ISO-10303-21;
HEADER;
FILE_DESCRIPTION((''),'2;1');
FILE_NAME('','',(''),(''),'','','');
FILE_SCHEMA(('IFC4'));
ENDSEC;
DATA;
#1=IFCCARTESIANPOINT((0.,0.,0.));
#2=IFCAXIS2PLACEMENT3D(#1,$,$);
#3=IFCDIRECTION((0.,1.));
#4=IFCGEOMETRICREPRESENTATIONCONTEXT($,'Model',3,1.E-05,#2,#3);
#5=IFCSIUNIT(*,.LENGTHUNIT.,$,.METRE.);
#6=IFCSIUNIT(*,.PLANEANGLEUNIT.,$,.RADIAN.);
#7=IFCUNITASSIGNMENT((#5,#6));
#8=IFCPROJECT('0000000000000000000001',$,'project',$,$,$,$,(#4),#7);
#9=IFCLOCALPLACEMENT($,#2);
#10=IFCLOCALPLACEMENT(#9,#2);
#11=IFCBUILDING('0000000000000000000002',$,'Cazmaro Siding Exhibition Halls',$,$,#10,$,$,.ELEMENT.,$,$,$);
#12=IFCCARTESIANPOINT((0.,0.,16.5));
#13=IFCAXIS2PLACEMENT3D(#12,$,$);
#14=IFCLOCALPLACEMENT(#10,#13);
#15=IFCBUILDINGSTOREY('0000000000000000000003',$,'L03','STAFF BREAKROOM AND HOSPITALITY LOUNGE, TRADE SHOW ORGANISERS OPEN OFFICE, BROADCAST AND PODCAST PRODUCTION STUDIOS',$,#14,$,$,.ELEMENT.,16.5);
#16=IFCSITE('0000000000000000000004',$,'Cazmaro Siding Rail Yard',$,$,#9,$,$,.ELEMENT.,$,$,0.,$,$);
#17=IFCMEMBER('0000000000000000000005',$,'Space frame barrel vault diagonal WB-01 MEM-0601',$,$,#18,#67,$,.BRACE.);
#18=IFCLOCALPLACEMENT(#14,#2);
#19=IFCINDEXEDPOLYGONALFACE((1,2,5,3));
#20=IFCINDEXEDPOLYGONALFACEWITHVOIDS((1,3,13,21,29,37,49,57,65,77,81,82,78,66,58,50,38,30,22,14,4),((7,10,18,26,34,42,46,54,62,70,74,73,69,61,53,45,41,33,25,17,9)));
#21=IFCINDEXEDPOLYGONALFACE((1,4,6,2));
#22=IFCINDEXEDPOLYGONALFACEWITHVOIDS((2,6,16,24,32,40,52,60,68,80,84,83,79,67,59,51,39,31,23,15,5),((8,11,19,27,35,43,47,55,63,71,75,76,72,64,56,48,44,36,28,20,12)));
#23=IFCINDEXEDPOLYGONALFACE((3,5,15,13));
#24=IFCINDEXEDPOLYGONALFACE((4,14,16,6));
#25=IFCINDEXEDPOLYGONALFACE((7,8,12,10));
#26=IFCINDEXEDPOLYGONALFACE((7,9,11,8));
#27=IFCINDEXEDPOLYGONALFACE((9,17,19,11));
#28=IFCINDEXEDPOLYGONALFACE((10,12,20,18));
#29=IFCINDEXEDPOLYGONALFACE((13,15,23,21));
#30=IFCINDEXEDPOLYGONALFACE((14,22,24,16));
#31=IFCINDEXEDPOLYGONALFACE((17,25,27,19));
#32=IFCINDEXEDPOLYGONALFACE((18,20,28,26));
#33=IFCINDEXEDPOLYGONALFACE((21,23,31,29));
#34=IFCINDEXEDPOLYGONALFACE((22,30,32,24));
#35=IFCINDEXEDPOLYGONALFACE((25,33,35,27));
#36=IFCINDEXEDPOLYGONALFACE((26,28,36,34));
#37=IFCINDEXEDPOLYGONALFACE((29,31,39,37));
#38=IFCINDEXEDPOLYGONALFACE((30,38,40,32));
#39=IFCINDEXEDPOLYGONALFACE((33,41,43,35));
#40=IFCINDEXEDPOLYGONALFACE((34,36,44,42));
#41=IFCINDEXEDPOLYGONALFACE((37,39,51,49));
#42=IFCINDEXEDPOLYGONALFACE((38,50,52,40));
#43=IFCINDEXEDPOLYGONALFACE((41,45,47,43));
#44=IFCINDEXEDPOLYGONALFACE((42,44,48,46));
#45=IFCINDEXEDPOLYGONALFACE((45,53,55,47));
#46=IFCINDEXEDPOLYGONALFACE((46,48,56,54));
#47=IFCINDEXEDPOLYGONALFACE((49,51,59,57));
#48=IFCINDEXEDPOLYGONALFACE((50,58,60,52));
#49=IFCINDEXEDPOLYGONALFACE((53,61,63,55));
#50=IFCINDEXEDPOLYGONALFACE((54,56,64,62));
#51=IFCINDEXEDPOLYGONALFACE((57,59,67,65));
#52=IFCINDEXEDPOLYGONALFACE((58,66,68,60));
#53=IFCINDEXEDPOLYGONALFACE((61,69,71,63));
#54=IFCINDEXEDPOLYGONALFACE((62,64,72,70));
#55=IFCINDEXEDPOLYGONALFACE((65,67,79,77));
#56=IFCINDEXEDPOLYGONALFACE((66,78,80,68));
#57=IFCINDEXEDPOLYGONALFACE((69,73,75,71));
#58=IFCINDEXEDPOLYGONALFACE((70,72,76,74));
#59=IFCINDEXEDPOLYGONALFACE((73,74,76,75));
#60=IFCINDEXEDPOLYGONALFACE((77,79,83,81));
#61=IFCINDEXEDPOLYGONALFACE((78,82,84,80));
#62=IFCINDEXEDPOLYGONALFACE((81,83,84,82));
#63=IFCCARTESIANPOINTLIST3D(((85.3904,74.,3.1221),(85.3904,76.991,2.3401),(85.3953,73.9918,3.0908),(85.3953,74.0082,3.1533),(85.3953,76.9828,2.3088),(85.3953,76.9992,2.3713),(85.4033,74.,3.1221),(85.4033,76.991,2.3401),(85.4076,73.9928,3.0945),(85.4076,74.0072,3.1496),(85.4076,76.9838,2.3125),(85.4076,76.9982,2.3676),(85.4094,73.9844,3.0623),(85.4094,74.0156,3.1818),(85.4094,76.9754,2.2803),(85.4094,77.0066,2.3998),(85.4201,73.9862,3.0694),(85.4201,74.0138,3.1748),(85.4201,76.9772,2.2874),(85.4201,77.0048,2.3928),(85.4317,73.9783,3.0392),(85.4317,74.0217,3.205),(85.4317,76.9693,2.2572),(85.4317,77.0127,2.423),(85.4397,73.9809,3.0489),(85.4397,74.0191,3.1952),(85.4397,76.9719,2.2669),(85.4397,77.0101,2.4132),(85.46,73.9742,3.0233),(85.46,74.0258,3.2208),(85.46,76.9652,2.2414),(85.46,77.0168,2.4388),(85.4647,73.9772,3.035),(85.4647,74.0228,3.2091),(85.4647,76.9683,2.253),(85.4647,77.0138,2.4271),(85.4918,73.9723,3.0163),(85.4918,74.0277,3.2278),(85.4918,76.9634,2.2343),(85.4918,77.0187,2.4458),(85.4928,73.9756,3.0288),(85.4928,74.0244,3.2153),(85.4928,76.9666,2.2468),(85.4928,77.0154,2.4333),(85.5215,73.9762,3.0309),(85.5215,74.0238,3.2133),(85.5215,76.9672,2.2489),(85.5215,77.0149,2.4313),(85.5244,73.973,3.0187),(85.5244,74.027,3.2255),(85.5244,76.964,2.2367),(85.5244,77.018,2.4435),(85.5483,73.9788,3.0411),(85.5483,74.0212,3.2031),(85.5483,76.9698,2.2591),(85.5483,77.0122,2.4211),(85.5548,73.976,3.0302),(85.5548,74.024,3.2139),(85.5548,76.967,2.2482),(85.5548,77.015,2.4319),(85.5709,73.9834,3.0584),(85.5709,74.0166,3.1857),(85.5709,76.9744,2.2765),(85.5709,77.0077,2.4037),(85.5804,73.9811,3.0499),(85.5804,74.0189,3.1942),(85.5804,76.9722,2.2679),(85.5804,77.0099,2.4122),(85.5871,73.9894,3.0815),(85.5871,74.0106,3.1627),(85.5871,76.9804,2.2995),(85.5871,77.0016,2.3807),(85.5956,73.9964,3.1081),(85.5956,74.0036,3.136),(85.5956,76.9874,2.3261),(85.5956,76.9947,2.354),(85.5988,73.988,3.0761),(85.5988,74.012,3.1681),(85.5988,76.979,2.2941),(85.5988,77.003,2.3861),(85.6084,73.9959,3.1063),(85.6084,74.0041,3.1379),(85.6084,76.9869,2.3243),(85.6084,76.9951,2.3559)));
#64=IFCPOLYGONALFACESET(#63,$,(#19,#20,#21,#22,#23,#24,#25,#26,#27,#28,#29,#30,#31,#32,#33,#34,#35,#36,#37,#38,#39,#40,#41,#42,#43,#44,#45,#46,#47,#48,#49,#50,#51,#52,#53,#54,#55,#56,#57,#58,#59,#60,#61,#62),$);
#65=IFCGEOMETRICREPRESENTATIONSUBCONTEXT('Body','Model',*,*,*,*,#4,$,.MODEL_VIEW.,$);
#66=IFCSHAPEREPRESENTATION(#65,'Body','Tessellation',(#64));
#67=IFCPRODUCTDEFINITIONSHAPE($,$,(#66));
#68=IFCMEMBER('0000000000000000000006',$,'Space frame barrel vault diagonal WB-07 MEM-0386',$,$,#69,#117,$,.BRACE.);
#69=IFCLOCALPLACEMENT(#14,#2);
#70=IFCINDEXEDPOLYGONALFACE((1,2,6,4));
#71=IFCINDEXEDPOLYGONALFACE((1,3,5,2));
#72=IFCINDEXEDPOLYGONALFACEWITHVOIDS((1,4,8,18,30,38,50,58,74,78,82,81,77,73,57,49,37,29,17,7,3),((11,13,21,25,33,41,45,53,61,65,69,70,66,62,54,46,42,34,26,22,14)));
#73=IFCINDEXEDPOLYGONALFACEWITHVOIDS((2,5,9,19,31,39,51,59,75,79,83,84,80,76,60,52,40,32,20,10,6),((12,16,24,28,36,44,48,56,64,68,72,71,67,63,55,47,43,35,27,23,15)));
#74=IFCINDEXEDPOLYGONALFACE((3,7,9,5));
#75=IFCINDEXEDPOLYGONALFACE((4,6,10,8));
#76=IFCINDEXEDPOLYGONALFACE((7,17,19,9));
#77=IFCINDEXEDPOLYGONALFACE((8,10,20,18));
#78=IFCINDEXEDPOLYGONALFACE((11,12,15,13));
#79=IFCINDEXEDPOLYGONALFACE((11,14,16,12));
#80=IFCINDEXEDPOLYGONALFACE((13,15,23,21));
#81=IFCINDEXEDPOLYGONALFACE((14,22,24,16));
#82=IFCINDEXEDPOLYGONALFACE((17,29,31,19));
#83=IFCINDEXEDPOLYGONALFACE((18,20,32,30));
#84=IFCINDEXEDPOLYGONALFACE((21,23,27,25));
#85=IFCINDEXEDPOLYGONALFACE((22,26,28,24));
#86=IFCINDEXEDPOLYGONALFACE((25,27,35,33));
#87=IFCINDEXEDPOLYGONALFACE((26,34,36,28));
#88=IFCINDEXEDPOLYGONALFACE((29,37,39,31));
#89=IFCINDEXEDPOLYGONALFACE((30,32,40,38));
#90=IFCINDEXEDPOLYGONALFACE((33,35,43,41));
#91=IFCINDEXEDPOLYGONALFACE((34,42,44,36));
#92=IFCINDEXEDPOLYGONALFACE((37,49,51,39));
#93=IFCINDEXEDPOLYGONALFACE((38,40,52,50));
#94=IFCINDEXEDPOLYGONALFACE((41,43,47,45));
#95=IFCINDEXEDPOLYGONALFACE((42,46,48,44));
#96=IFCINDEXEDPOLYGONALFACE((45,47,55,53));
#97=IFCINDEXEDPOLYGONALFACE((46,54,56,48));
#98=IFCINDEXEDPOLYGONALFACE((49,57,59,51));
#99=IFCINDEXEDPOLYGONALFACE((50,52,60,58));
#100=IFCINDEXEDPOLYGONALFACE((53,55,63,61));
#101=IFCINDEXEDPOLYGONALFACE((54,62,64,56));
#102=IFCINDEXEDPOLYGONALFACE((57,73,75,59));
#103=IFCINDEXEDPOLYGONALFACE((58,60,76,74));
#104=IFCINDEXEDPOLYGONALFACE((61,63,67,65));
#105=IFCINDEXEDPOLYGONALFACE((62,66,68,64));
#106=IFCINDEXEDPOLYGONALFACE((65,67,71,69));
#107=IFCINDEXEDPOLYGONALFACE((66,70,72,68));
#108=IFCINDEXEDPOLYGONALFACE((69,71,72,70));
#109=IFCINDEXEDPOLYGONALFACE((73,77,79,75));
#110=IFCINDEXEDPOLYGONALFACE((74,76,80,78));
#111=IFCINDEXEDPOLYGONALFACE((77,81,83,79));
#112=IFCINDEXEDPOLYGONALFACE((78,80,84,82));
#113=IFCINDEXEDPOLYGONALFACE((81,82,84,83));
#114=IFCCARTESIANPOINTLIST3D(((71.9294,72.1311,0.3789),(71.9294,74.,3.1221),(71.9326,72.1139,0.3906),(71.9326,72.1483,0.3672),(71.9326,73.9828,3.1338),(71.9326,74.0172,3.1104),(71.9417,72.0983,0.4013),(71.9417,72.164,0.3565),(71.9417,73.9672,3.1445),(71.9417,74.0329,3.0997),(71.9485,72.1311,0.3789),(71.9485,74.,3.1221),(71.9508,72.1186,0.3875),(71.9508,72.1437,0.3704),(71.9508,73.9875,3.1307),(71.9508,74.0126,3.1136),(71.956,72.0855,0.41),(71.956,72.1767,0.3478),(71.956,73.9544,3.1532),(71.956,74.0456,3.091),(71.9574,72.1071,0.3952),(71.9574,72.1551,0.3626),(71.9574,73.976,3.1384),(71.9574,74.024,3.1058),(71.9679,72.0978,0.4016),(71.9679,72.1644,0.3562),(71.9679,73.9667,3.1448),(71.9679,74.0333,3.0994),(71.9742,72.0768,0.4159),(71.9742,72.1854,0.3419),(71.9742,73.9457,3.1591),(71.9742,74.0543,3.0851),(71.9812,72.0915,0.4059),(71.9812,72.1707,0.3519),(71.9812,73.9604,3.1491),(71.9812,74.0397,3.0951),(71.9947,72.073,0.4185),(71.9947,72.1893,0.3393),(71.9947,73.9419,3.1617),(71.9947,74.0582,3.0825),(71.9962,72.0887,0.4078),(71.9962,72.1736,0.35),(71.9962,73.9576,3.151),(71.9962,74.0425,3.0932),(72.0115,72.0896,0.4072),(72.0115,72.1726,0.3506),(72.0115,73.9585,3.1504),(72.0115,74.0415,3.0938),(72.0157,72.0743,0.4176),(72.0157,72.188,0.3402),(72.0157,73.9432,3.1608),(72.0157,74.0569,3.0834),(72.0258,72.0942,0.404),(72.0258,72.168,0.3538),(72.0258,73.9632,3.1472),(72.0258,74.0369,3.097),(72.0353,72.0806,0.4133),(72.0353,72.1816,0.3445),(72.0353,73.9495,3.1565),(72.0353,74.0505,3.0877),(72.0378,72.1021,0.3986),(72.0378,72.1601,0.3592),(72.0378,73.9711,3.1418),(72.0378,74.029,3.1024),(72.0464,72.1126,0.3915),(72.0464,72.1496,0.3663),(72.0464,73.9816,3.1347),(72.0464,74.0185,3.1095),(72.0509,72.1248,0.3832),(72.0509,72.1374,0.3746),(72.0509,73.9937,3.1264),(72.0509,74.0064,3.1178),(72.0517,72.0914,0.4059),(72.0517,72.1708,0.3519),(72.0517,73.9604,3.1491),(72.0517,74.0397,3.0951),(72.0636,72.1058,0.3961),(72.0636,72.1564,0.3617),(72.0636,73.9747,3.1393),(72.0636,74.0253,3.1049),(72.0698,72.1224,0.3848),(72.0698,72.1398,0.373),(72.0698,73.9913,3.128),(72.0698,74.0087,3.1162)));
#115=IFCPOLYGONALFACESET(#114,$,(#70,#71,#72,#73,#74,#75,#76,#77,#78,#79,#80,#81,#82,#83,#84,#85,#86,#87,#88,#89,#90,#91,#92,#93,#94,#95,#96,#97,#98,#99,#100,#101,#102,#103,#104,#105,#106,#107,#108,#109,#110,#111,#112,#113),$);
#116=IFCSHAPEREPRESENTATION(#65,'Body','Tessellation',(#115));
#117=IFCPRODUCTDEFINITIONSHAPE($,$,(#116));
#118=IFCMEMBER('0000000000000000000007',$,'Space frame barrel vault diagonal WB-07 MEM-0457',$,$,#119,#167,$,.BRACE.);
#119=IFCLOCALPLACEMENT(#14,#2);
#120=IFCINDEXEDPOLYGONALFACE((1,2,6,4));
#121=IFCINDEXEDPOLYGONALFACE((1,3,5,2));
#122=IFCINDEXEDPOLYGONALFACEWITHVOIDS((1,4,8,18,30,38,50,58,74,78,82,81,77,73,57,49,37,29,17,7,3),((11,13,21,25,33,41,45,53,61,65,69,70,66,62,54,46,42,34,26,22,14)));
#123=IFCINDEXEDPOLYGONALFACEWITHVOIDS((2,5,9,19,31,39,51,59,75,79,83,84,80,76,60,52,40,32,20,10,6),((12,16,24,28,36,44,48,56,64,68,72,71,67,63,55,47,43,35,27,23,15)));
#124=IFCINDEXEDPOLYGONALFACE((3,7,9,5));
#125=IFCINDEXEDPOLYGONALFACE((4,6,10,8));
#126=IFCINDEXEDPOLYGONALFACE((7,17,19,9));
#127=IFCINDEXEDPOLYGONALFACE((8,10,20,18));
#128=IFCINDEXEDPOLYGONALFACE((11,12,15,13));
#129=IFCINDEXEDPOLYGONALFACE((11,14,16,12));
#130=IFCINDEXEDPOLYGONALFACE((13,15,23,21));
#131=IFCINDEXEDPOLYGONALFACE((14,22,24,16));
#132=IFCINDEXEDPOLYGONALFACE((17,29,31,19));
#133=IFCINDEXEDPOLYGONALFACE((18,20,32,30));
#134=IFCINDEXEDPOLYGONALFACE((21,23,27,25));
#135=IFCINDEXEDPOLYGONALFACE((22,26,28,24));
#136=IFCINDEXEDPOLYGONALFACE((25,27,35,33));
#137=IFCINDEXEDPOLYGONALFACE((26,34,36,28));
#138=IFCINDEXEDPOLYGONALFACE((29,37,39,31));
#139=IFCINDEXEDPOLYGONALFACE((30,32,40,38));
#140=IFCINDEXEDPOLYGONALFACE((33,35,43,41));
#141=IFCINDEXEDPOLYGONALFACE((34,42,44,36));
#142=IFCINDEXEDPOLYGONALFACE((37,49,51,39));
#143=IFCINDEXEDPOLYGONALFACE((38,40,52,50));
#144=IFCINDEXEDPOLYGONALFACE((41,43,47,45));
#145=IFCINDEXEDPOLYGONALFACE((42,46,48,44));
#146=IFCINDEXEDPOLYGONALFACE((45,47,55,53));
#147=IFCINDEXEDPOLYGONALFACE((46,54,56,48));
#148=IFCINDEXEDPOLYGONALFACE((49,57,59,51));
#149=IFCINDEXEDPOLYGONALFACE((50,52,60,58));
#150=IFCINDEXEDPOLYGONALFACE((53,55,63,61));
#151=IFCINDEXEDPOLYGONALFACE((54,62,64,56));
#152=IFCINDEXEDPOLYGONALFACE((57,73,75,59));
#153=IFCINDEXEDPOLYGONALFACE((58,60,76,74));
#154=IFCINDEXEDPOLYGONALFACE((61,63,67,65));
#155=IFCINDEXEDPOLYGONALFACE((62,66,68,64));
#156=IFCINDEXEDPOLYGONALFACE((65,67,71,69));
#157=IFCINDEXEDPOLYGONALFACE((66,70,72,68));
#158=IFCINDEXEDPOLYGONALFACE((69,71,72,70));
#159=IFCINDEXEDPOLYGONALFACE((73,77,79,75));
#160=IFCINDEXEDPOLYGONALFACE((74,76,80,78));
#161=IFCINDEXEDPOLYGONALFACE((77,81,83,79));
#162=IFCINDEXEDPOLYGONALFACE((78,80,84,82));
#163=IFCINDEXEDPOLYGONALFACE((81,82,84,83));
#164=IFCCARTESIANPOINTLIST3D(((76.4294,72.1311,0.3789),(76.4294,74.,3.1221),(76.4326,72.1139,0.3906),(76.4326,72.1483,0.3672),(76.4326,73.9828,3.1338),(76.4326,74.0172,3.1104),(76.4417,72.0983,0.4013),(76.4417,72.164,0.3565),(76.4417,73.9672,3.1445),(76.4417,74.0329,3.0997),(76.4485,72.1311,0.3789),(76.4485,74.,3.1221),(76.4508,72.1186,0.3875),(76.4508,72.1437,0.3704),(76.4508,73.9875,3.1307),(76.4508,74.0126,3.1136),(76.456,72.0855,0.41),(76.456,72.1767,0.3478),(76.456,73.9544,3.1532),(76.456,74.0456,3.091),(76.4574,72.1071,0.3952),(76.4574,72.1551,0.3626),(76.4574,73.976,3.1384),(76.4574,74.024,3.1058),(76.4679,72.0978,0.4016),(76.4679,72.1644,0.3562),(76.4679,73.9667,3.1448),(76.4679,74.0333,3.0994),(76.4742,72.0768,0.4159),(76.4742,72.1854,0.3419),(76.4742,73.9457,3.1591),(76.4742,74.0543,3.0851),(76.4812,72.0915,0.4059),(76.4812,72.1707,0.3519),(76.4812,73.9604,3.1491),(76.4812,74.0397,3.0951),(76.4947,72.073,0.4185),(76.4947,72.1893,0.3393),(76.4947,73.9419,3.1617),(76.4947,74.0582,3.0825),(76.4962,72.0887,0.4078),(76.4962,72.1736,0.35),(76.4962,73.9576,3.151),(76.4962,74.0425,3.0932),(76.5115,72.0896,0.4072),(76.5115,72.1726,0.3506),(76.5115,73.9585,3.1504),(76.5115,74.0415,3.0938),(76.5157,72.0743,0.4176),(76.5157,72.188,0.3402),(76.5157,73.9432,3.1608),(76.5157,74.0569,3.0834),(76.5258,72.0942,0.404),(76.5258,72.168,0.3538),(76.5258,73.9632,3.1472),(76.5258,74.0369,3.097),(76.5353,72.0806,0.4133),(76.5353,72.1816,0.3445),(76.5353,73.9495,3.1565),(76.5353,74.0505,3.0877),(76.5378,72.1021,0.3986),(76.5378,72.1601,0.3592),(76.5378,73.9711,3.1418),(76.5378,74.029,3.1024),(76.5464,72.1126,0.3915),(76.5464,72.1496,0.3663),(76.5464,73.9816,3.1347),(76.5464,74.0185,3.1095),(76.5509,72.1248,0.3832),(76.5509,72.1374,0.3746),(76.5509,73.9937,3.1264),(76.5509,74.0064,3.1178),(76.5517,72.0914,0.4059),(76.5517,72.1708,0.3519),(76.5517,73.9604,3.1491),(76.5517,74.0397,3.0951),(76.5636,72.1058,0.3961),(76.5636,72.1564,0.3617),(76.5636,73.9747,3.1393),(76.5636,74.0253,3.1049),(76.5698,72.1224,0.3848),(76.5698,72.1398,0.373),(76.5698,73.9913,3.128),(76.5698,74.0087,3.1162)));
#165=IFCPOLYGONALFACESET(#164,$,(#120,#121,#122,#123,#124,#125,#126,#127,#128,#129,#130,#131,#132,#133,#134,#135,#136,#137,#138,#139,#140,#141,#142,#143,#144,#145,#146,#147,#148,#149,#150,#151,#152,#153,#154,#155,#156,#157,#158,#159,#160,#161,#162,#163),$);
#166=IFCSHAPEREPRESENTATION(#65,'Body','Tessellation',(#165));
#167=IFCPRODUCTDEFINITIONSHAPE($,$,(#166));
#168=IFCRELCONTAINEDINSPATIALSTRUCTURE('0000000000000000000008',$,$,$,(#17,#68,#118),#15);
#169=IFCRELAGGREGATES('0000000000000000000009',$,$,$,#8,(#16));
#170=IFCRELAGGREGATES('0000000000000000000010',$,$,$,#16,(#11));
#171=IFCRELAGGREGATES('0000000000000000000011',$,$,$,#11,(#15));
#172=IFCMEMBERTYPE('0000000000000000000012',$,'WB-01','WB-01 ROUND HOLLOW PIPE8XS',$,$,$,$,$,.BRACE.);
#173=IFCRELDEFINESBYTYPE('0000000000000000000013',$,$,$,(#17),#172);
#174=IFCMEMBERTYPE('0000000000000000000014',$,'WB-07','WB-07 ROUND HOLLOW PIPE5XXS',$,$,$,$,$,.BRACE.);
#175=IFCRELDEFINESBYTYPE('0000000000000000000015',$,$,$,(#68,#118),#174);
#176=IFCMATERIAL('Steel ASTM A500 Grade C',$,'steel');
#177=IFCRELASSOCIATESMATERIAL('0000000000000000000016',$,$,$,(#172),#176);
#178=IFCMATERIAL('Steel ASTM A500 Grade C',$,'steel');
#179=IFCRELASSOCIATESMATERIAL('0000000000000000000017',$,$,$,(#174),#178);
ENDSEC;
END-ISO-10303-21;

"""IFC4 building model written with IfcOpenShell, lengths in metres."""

from ifc_helpers import new_model, si_unit, direction, frame, origin, origin_2d, place, context, subcontext, project, spatial, hollow_circle, extrude, material, material_profile, profile_set, type_object, element, save


model = new_model("IFC4")

# Units and contexts
model_context = context("Model", 3, precision=1e-05, world=origin(), true_north=direction((0.0, 1.0)))
body_context = subcontext(model_context, "Body", "Model", "MODEL_VIEW")
ifc_project = project(units=[si_unit("LENGTHUNIT", "METRE"), si_unit("PLANEANGLEUNIT", "RADIAN")], contexts=[model_context])

# Site, building, storey
site_placement = place(None, origin())
site = spatial("IfcSite", under=ifc_project, at=site_placement, Name="Cazmaro Siding Rail Yard", CompositionType="ELEMENT", RefElevation=0.0)
building_placement = place(site_placement, origin())
building = spatial("IfcBuilding", under=site, at=building_placement, Name="Cazmaro Siding Exhibition Halls", CompositionType="ELEMENT")
storey_placement = place(building_placement, frame((0.0, 0.0, 16.5)))
storey = spatial("IfcBuildingStorey", under=building, at=storey_placement, Name="L03", Description="STAFF BREAKROOM AND HOSPITALITY LOUNGE, TRADE SHOW ORGANISERS OPEN OFFICE, BROADCAST AND PODCAST PRODUCTION STUDIOS", CompositionType="ELEMENT", Elevation=16.5)

# Members
ifc_material_1 = material(Name="Steel ASTM A500 Grade C", Category="steel")
ifc_material_profile_1 = material_profile(ifc_material_1, hollow_circle(Radius=0.1096, WallThickness=0.0129, at=origin_2d()), Name="PIPE8XS")
ifc_profile_set_1 = profile_set([ifc_material_profile_1], Name="Steel ASTM A500 Grade C")
member_type_1 = type_object("IfcMemberType", Name="WB-01", Description="WB-01 ROUND HOLLOW PIPE8XS", PredefinedType="BRACE", material=ifc_profile_set_1)
for number, where, z_axis, x_axis, name in (
    (1, (85.5, 74.0, 3.1221), (0.0, 0.96748, -0.252946), (-1.0, 0.0, 0.0), "Space frame barrel vault diagonal WB-01 MEM-0601"),
):
    element("IfcMember", number, at=place(storey_placement, frame(where, z_axis=z_axis, x_axis=x_axis)), inside=storey, type_object=member_type_1, Name=name, PredefinedType="BRACE", context=body_context, shape_type="SweptSolid", body=[
        extrude(hollow_circle(Radius=0.1096, WallThickness=0.0129, at=origin_2d()), origin(), (0.0, 0.0, 1.0), 3.0916),
    ])
ifc_material_2 = material(Name="Steel ASTM A500 Grade C", Category="steel")
ifc_material_profile_2 = material_profile(ifc_material_2, hollow_circle(Radius=0.0706, WallThickness=0.019, at=origin_2d()), Name="PIPE5XXS")
ifc_profile_set_2 = profile_set([ifc_material_profile_2], Name="Steel ASTM A500 Grade C")
member_type_2 = type_object("IfcMemberType", Name="WB-07", Description="WB-07 ROUND HOLLOW PIPE5XXS", PredefinedType="BRACE", material=ifc_profile_set_2)
for number, where, z_axis, x_axis, name in (
    (2, (72.0, 72.1311, 0.3789), (0.0, 0.56304, 0.82643), (-1.0, 0.0, 0.0), "Space frame barrel vault diagonal WB-07 MEM-0386"),
    (3, (76.5, 72.1311, 0.3789), (0.0, 0.56304, 0.82643), (-1.0, 0.0, 0.0), "Space frame barrel vault diagonal WB-07 MEM-0457"),
):
    element("IfcMember", number, at=place(storey_placement, frame(where, z_axis=z_axis, x_axis=x_axis)), inside=storey, type_object=member_type_2, Name=name, PredefinedType="BRACE", context=body_context, shape_type="SweptSolid", body=[
        extrude(hollow_circle(Radius=0.0706, WallThickness=0.019, at=origin_2d()), origin(), (0.0, 0.0, 1.0), 3.3193),
    ])

save(model, "model.ifc")
